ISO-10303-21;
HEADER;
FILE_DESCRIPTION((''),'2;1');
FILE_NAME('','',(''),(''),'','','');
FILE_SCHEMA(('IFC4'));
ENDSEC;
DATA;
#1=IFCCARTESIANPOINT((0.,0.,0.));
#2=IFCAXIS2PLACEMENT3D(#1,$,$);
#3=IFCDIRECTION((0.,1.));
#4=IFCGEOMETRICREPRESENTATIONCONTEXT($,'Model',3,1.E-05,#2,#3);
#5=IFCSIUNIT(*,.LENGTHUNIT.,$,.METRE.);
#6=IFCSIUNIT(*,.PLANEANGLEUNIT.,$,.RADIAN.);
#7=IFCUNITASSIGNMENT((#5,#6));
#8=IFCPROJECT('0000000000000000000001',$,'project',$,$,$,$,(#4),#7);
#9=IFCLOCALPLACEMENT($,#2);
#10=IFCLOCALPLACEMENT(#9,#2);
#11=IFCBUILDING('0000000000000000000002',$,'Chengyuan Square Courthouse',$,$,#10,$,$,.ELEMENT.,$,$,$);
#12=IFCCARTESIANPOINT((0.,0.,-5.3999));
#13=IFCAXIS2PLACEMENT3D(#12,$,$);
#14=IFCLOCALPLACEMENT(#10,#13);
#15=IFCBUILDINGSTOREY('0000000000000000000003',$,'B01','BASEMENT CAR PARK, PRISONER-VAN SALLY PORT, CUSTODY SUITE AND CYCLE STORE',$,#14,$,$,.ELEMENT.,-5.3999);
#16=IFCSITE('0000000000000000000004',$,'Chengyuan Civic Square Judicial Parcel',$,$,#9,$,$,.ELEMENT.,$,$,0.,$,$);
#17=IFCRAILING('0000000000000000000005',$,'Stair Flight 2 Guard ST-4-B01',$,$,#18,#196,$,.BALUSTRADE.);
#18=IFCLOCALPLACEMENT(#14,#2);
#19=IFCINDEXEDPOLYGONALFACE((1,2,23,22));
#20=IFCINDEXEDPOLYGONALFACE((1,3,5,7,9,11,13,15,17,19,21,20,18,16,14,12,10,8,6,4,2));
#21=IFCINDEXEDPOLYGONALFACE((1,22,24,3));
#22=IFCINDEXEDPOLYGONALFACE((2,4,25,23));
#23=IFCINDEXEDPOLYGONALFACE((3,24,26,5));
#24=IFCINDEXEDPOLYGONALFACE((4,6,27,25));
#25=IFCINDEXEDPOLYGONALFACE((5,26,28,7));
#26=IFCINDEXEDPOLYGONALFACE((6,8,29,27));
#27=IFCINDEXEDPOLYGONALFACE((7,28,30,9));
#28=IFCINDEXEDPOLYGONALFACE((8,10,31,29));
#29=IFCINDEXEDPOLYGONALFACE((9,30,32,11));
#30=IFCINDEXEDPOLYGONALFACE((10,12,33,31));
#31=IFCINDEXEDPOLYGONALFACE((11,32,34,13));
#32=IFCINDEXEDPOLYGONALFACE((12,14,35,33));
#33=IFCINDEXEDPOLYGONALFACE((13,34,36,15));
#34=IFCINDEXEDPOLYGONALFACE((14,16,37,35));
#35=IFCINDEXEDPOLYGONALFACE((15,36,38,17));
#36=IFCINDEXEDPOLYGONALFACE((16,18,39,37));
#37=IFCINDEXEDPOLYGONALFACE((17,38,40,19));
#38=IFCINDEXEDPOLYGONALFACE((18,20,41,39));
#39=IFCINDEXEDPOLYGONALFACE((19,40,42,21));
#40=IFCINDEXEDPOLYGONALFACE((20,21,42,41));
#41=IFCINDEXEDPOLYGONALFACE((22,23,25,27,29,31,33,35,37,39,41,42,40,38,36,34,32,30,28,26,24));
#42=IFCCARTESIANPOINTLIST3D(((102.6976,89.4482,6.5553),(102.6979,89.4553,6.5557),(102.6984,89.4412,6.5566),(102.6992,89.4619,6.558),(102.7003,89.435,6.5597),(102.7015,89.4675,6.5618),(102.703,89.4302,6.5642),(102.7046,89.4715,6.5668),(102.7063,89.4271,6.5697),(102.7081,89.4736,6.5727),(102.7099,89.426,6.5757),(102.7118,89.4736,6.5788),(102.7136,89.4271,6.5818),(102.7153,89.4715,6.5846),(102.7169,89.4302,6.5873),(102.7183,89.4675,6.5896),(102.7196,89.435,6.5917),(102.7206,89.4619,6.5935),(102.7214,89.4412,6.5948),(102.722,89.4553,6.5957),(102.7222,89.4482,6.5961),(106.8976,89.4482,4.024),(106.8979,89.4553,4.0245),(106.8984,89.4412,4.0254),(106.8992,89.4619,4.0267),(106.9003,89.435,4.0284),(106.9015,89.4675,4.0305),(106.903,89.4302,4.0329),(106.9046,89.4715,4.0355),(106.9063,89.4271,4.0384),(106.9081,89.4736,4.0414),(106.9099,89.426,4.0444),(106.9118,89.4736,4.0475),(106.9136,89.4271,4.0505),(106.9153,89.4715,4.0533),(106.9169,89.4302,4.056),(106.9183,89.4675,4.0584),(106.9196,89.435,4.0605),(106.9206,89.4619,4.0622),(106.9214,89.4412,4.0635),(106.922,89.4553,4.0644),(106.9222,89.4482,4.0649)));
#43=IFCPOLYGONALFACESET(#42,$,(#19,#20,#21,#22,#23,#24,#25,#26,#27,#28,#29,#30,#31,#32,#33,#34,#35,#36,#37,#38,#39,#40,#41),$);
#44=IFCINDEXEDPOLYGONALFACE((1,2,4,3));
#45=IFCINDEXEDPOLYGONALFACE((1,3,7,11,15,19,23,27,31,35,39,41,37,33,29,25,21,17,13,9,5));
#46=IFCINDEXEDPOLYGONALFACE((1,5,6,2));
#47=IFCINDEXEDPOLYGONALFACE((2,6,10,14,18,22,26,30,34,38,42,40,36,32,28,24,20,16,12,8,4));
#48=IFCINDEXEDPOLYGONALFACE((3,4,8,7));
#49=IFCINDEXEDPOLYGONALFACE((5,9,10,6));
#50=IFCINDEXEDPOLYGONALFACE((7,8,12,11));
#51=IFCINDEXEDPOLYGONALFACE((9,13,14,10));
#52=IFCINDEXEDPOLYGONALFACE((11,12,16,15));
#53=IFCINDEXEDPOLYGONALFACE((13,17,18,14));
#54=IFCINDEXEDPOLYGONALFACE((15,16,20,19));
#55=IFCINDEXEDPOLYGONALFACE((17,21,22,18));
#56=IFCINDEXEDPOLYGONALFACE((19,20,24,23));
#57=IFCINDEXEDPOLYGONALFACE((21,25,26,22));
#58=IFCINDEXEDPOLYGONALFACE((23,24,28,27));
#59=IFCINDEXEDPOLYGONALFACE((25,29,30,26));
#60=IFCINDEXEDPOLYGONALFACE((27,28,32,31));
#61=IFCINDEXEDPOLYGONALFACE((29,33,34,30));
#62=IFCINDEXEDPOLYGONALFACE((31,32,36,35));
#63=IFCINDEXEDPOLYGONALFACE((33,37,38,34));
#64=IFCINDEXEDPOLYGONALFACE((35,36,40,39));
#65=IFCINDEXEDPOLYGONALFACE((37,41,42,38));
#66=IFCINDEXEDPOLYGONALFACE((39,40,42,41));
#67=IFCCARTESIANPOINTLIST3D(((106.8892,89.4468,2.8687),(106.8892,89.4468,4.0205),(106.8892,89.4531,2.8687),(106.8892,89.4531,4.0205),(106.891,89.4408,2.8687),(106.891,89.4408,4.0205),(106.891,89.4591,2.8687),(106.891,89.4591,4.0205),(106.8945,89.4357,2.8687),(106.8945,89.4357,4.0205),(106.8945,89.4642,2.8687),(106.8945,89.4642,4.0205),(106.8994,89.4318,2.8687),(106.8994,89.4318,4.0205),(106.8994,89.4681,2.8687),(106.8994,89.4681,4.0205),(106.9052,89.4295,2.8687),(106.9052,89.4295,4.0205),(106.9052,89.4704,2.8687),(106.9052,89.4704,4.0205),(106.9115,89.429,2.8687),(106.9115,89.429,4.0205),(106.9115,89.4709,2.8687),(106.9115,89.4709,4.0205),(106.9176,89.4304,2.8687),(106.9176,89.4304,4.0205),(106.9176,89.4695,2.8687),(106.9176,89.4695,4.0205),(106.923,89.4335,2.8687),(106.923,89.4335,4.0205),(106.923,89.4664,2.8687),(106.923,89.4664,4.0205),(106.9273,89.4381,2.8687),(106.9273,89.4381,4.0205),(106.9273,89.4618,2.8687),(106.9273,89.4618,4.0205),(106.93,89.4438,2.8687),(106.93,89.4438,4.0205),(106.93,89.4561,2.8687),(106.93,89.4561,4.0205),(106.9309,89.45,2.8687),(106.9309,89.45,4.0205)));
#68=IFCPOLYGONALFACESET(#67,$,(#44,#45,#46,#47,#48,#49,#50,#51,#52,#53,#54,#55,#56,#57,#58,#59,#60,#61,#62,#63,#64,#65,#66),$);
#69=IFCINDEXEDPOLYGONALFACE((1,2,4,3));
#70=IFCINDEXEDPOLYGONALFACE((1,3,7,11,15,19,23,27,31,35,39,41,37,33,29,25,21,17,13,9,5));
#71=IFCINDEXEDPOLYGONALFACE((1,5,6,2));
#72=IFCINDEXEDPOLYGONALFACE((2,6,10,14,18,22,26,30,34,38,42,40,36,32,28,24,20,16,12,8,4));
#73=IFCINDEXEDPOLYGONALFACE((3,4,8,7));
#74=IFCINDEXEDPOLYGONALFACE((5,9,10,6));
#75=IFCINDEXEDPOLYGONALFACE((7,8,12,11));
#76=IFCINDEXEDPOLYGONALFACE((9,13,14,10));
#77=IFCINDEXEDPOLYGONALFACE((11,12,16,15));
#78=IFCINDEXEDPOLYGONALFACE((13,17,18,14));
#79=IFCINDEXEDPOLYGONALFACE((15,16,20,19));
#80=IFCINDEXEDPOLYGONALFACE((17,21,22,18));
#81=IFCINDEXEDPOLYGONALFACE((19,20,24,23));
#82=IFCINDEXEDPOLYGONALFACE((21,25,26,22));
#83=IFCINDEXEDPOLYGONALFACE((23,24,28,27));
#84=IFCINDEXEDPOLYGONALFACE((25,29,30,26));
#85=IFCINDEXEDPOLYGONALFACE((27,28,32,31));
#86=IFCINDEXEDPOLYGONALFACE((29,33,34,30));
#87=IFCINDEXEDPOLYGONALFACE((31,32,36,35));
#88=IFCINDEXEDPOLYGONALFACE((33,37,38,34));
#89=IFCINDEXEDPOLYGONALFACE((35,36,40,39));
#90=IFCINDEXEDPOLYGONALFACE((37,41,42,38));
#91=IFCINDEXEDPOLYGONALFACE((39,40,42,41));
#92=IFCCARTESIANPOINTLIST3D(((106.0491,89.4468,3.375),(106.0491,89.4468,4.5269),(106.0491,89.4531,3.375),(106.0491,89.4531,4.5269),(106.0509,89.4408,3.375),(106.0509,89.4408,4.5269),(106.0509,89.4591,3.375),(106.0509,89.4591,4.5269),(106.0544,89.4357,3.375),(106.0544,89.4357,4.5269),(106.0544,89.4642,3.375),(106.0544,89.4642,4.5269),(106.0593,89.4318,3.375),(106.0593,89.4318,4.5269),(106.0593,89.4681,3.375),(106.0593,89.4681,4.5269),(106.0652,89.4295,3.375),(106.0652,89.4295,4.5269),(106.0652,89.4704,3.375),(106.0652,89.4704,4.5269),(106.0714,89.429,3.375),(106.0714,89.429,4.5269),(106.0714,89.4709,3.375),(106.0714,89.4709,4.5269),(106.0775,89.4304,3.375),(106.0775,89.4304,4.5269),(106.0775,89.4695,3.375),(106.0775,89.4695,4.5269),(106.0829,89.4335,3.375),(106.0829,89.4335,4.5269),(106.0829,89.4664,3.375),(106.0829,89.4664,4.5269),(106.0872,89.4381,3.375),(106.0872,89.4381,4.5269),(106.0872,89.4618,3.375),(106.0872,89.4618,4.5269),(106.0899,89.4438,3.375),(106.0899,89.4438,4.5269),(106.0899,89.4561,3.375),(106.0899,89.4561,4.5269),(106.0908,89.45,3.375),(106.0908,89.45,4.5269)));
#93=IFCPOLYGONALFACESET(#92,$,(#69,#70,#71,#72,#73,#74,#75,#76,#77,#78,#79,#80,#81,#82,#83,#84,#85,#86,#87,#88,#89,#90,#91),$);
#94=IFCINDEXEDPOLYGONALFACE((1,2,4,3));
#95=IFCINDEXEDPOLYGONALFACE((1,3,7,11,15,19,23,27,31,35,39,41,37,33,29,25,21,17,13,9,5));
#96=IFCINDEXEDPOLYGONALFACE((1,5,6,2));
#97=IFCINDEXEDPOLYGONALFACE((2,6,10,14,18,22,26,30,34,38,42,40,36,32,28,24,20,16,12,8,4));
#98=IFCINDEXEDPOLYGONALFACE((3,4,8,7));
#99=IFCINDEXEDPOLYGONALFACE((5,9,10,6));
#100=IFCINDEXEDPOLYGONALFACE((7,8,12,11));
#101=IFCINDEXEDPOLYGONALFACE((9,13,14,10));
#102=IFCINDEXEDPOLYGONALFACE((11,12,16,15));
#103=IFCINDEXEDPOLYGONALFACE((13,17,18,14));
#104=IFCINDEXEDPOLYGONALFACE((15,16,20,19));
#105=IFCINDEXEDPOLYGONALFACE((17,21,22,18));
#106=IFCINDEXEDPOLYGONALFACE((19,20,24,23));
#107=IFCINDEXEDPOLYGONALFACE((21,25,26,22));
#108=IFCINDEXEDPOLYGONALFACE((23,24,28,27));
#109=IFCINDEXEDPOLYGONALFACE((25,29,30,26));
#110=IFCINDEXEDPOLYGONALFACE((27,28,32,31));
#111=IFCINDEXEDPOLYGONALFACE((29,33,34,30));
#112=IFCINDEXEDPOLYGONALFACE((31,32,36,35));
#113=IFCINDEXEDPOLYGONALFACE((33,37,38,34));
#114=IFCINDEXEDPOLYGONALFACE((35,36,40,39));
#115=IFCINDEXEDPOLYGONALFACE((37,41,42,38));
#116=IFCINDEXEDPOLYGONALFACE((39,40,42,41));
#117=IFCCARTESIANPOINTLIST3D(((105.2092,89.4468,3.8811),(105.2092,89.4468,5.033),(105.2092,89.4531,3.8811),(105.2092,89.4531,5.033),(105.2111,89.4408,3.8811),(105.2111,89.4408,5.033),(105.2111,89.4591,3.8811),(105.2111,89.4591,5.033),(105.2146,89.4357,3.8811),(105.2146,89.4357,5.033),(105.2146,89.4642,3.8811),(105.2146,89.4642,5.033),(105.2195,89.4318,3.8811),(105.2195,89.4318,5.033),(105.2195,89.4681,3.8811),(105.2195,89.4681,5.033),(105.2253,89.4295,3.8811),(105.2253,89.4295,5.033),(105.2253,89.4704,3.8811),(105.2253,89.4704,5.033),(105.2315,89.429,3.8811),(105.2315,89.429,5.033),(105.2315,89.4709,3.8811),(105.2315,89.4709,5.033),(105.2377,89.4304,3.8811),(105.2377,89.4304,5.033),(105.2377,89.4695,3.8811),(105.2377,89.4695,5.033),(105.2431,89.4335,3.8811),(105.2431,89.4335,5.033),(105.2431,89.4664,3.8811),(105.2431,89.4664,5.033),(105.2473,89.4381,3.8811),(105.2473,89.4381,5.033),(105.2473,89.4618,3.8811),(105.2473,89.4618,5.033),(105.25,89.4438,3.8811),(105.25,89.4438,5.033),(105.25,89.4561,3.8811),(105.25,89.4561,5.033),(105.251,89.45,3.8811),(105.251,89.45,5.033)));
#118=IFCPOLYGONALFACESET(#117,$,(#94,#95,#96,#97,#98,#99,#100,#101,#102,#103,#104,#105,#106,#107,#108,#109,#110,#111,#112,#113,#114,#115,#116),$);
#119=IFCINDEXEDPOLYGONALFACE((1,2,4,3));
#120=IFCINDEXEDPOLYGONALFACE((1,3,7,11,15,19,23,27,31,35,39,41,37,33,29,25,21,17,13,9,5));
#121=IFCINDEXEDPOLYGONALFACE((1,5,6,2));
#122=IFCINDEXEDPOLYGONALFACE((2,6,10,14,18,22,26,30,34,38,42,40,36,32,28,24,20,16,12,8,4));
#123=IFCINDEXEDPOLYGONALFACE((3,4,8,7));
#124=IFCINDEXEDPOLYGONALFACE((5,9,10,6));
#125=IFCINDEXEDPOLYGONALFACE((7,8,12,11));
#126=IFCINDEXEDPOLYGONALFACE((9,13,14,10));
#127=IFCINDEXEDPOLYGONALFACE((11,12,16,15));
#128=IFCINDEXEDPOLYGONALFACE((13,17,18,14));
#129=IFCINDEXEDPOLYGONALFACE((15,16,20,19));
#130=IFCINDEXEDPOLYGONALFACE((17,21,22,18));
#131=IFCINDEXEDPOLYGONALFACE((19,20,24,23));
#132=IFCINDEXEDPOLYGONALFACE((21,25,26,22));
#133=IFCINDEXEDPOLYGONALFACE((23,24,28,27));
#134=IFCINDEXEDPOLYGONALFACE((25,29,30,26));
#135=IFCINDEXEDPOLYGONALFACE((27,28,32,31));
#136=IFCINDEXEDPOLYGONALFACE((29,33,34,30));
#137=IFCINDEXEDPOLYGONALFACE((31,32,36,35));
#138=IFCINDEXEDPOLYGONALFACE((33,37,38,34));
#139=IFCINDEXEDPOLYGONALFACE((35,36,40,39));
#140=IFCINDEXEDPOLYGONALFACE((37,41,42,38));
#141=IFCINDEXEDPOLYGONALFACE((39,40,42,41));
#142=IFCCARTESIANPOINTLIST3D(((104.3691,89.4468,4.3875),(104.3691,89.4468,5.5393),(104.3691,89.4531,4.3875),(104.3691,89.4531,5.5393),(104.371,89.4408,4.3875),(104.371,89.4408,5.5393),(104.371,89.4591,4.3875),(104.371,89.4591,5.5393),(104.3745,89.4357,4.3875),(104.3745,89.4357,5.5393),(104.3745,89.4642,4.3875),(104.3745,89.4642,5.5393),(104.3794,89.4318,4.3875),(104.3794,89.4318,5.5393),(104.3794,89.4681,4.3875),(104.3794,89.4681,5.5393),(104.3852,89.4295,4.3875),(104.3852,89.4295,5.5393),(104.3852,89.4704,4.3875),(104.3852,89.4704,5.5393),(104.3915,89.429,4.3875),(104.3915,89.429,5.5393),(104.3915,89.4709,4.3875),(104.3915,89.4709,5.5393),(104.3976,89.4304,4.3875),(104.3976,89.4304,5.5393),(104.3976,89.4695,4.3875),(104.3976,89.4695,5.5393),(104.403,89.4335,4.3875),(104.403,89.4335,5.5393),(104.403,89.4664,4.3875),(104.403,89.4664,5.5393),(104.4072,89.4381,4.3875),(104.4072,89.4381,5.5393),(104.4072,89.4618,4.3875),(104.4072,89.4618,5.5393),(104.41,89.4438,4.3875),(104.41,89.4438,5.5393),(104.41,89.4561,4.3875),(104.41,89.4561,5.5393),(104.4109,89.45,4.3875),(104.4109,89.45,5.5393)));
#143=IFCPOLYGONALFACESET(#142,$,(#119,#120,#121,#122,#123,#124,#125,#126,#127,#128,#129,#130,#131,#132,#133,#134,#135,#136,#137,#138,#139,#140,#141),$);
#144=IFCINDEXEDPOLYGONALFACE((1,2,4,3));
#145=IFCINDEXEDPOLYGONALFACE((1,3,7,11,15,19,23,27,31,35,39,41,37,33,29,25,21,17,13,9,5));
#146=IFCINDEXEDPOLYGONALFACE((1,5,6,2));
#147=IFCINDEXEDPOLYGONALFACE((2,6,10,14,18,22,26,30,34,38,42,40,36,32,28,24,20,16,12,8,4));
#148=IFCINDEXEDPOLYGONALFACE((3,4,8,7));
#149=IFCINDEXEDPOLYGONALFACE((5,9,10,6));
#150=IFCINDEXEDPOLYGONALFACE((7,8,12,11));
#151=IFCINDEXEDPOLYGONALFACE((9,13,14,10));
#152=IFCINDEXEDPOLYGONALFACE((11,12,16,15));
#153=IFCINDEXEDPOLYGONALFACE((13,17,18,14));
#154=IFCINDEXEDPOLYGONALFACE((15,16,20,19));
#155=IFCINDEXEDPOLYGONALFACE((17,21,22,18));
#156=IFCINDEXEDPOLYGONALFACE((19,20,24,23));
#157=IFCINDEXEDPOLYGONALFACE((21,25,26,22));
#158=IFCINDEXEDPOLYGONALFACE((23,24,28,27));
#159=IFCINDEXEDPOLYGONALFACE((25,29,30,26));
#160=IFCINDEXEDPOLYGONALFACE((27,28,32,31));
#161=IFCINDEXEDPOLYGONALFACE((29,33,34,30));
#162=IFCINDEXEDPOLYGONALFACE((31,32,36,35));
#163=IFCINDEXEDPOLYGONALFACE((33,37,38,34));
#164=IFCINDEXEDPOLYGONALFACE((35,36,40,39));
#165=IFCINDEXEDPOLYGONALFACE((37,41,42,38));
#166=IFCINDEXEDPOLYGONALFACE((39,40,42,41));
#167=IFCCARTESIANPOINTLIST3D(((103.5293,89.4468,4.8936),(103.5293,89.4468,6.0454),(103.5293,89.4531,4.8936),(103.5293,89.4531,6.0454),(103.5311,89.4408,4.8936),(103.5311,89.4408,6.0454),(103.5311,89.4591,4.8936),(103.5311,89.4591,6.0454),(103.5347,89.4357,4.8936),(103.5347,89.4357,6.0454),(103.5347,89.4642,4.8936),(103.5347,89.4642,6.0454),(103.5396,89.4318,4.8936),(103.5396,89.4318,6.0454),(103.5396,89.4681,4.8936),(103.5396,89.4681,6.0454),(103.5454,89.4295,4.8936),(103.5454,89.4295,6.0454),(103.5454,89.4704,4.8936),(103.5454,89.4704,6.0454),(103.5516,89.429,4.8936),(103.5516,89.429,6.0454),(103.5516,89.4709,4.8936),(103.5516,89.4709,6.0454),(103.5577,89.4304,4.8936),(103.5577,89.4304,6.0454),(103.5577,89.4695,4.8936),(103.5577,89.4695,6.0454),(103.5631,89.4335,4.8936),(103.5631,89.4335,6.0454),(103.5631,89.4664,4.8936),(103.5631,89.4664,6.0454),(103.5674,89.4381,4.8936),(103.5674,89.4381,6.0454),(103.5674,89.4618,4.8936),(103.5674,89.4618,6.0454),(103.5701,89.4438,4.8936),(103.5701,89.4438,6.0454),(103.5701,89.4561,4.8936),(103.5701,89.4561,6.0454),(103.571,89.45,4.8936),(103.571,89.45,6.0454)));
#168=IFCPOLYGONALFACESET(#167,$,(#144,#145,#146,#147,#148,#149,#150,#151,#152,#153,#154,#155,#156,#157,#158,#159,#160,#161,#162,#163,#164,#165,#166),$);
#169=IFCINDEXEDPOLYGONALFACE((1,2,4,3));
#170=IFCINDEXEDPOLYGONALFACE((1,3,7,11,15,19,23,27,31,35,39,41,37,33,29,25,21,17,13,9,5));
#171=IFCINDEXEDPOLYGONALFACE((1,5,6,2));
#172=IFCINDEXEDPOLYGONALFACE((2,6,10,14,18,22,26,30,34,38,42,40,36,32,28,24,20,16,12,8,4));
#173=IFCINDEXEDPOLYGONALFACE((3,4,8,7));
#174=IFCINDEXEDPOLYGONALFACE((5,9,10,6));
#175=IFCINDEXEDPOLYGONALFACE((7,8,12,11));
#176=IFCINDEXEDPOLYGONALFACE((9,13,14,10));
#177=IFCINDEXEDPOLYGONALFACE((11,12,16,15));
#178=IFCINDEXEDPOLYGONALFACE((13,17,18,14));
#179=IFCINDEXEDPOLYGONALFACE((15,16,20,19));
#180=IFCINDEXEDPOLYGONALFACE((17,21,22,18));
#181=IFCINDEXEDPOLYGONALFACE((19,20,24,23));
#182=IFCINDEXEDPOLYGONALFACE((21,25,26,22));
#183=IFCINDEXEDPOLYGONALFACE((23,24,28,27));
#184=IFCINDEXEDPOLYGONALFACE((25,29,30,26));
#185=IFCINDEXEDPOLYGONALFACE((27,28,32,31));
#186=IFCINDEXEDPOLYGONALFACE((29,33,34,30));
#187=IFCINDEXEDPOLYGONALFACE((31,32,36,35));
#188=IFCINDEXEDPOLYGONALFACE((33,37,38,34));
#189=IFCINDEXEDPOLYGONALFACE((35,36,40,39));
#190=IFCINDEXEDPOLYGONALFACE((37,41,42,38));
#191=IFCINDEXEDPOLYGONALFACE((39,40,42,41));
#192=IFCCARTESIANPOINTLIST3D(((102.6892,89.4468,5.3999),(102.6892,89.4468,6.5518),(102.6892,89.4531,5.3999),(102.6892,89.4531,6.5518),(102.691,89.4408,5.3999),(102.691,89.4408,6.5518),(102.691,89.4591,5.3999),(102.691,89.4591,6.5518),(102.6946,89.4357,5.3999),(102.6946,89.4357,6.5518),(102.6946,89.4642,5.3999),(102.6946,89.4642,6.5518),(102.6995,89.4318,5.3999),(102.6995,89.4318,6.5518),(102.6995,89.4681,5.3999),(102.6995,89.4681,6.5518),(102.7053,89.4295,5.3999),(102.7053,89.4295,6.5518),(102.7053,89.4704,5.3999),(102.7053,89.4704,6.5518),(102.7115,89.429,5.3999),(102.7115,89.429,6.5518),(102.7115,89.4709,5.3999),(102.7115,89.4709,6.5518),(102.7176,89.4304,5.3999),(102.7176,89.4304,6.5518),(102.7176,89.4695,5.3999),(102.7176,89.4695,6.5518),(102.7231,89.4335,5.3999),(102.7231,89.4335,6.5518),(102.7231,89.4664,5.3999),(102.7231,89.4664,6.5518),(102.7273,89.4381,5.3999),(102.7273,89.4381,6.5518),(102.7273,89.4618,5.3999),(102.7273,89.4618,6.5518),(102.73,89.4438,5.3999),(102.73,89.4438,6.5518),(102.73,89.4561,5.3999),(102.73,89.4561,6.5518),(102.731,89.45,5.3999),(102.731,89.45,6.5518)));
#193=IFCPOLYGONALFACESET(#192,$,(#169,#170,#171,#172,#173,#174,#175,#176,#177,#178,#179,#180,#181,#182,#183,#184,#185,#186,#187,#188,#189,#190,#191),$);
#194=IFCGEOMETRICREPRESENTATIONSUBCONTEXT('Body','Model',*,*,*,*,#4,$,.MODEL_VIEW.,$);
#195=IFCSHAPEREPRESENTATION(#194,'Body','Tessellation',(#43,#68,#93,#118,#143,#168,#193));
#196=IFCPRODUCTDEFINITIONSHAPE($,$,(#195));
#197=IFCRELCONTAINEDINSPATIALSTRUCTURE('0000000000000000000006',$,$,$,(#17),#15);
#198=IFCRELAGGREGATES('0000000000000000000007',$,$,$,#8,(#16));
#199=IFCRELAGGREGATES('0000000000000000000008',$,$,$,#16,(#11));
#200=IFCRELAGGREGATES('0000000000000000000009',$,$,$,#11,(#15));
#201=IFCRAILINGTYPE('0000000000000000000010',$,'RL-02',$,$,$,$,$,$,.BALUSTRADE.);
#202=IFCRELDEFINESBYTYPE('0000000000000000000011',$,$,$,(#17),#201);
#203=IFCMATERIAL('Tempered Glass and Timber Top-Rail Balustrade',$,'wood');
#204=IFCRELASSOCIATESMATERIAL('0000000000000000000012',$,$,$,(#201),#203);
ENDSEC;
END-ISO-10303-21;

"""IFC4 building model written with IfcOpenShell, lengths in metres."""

from ifc_helpers import new_model, si_unit, direction, frame, origin, origin_2d, place, context, subcontext, project, spatial, circle, extrude, material, type_object, element, save


model = new_model("IFC4")

# Units and contexts
model_context = context("Model", 3, precision=1e-05, world=origin(), true_north=direction((0.0, 1.0)))
body_context = subcontext(model_context, "Body", "Model", "MODEL_VIEW")
ifc_project = project(units=[si_unit("LENGTHUNIT", "METRE"), si_unit("PLANEANGLEUNIT", "RADIAN")], contexts=[model_context])

# Site, building, storey
site_placement = place(None, origin())
site = spatial("IfcSite", under=ifc_project, at=site_placement, Name="Chengyuan Civic Square Judicial Parcel", CompositionType="ELEMENT", RefElevation=0.0)
building_placement = place(site_placement, origin())
building = spatial("IfcBuilding", under=site, at=building_placement, Name="Chengyuan Square Courthouse", CompositionType="ELEMENT")
storey_placement = place(building_placement, frame((0.0, 0.0, -5.3999)))
storey = spatial("IfcBuildingStorey", under=building, at=storey_placement, Name="B01", Description="BASEMENT CAR PARK, PRISONER-VAN SALLY PORT, CUSTODY SUITE AND CYCLE STORE", CompositionType="ELEMENT", Elevation=-5.3999)

# Railing
ifc_material_1 = material(Name="Tempered Glass and Timber Top-Rail Balustrade", Category="wood")
railing_type_1 = type_object("IfcRailingType", Name="RL-02", PredefinedType="BALUSTRADE", material=ifc_material_1)
railing_1_placement = place(storey_placement, frame((106.9099, 89.45, 2.8687)))
element("IfcRailing", 1, at=railing_1_placement, inside=storey, type_object=railing_type_1, Name="Stair Flight 2 Guard ST-4-B01", PredefinedType="BALUSTRADE", context=body_context, shape_type="SweptSolid", body=[
    extrude(circle(Radius=0.0239, at=origin_2d()), frame((0.0, 0.0, 1.1758), z_axis=(-0.856476, 0.0, 0.516186), x_axis=(0.0, -1.0, 0.0)), (0.0, 0.0, 1.0), 4.9038),
    extrude(circle(Radius=0.021, at=origin_2d()), origin(), (0.0, 0.0, 1.0), 1.1519),
    extrude(circle(Radius=0.021, at=origin_2d()), frame((-0.8401, 0.0, 0.5063)), (0.0, 0.0, 1.0), 1.1519),
    extrude(circle(Radius=0.021, at=origin_2d()), frame((-1.6799, 0.0, 1.0125)), (0.0, 0.0, 1.0), 1.1519),
    extrude(circle(Radius=0.021, at=origin_2d()), frame((-2.52, 0.0, 1.5188)), (0.0, 0.0, 1.0), 1.1519),
    extrude(circle(Radius=0.021, at=origin_2d()), frame((-3.3599, 0.0, 2.0249)), (0.0, 0.0, 1.0), 1.1519),
    extrude(circle(Radius=0.021, at=origin_2d()), frame((-4.2, 0.0, 2.5312)), (0.0, 0.0, 1.0), 1.1519),
])

save(model, "model.ifc")
